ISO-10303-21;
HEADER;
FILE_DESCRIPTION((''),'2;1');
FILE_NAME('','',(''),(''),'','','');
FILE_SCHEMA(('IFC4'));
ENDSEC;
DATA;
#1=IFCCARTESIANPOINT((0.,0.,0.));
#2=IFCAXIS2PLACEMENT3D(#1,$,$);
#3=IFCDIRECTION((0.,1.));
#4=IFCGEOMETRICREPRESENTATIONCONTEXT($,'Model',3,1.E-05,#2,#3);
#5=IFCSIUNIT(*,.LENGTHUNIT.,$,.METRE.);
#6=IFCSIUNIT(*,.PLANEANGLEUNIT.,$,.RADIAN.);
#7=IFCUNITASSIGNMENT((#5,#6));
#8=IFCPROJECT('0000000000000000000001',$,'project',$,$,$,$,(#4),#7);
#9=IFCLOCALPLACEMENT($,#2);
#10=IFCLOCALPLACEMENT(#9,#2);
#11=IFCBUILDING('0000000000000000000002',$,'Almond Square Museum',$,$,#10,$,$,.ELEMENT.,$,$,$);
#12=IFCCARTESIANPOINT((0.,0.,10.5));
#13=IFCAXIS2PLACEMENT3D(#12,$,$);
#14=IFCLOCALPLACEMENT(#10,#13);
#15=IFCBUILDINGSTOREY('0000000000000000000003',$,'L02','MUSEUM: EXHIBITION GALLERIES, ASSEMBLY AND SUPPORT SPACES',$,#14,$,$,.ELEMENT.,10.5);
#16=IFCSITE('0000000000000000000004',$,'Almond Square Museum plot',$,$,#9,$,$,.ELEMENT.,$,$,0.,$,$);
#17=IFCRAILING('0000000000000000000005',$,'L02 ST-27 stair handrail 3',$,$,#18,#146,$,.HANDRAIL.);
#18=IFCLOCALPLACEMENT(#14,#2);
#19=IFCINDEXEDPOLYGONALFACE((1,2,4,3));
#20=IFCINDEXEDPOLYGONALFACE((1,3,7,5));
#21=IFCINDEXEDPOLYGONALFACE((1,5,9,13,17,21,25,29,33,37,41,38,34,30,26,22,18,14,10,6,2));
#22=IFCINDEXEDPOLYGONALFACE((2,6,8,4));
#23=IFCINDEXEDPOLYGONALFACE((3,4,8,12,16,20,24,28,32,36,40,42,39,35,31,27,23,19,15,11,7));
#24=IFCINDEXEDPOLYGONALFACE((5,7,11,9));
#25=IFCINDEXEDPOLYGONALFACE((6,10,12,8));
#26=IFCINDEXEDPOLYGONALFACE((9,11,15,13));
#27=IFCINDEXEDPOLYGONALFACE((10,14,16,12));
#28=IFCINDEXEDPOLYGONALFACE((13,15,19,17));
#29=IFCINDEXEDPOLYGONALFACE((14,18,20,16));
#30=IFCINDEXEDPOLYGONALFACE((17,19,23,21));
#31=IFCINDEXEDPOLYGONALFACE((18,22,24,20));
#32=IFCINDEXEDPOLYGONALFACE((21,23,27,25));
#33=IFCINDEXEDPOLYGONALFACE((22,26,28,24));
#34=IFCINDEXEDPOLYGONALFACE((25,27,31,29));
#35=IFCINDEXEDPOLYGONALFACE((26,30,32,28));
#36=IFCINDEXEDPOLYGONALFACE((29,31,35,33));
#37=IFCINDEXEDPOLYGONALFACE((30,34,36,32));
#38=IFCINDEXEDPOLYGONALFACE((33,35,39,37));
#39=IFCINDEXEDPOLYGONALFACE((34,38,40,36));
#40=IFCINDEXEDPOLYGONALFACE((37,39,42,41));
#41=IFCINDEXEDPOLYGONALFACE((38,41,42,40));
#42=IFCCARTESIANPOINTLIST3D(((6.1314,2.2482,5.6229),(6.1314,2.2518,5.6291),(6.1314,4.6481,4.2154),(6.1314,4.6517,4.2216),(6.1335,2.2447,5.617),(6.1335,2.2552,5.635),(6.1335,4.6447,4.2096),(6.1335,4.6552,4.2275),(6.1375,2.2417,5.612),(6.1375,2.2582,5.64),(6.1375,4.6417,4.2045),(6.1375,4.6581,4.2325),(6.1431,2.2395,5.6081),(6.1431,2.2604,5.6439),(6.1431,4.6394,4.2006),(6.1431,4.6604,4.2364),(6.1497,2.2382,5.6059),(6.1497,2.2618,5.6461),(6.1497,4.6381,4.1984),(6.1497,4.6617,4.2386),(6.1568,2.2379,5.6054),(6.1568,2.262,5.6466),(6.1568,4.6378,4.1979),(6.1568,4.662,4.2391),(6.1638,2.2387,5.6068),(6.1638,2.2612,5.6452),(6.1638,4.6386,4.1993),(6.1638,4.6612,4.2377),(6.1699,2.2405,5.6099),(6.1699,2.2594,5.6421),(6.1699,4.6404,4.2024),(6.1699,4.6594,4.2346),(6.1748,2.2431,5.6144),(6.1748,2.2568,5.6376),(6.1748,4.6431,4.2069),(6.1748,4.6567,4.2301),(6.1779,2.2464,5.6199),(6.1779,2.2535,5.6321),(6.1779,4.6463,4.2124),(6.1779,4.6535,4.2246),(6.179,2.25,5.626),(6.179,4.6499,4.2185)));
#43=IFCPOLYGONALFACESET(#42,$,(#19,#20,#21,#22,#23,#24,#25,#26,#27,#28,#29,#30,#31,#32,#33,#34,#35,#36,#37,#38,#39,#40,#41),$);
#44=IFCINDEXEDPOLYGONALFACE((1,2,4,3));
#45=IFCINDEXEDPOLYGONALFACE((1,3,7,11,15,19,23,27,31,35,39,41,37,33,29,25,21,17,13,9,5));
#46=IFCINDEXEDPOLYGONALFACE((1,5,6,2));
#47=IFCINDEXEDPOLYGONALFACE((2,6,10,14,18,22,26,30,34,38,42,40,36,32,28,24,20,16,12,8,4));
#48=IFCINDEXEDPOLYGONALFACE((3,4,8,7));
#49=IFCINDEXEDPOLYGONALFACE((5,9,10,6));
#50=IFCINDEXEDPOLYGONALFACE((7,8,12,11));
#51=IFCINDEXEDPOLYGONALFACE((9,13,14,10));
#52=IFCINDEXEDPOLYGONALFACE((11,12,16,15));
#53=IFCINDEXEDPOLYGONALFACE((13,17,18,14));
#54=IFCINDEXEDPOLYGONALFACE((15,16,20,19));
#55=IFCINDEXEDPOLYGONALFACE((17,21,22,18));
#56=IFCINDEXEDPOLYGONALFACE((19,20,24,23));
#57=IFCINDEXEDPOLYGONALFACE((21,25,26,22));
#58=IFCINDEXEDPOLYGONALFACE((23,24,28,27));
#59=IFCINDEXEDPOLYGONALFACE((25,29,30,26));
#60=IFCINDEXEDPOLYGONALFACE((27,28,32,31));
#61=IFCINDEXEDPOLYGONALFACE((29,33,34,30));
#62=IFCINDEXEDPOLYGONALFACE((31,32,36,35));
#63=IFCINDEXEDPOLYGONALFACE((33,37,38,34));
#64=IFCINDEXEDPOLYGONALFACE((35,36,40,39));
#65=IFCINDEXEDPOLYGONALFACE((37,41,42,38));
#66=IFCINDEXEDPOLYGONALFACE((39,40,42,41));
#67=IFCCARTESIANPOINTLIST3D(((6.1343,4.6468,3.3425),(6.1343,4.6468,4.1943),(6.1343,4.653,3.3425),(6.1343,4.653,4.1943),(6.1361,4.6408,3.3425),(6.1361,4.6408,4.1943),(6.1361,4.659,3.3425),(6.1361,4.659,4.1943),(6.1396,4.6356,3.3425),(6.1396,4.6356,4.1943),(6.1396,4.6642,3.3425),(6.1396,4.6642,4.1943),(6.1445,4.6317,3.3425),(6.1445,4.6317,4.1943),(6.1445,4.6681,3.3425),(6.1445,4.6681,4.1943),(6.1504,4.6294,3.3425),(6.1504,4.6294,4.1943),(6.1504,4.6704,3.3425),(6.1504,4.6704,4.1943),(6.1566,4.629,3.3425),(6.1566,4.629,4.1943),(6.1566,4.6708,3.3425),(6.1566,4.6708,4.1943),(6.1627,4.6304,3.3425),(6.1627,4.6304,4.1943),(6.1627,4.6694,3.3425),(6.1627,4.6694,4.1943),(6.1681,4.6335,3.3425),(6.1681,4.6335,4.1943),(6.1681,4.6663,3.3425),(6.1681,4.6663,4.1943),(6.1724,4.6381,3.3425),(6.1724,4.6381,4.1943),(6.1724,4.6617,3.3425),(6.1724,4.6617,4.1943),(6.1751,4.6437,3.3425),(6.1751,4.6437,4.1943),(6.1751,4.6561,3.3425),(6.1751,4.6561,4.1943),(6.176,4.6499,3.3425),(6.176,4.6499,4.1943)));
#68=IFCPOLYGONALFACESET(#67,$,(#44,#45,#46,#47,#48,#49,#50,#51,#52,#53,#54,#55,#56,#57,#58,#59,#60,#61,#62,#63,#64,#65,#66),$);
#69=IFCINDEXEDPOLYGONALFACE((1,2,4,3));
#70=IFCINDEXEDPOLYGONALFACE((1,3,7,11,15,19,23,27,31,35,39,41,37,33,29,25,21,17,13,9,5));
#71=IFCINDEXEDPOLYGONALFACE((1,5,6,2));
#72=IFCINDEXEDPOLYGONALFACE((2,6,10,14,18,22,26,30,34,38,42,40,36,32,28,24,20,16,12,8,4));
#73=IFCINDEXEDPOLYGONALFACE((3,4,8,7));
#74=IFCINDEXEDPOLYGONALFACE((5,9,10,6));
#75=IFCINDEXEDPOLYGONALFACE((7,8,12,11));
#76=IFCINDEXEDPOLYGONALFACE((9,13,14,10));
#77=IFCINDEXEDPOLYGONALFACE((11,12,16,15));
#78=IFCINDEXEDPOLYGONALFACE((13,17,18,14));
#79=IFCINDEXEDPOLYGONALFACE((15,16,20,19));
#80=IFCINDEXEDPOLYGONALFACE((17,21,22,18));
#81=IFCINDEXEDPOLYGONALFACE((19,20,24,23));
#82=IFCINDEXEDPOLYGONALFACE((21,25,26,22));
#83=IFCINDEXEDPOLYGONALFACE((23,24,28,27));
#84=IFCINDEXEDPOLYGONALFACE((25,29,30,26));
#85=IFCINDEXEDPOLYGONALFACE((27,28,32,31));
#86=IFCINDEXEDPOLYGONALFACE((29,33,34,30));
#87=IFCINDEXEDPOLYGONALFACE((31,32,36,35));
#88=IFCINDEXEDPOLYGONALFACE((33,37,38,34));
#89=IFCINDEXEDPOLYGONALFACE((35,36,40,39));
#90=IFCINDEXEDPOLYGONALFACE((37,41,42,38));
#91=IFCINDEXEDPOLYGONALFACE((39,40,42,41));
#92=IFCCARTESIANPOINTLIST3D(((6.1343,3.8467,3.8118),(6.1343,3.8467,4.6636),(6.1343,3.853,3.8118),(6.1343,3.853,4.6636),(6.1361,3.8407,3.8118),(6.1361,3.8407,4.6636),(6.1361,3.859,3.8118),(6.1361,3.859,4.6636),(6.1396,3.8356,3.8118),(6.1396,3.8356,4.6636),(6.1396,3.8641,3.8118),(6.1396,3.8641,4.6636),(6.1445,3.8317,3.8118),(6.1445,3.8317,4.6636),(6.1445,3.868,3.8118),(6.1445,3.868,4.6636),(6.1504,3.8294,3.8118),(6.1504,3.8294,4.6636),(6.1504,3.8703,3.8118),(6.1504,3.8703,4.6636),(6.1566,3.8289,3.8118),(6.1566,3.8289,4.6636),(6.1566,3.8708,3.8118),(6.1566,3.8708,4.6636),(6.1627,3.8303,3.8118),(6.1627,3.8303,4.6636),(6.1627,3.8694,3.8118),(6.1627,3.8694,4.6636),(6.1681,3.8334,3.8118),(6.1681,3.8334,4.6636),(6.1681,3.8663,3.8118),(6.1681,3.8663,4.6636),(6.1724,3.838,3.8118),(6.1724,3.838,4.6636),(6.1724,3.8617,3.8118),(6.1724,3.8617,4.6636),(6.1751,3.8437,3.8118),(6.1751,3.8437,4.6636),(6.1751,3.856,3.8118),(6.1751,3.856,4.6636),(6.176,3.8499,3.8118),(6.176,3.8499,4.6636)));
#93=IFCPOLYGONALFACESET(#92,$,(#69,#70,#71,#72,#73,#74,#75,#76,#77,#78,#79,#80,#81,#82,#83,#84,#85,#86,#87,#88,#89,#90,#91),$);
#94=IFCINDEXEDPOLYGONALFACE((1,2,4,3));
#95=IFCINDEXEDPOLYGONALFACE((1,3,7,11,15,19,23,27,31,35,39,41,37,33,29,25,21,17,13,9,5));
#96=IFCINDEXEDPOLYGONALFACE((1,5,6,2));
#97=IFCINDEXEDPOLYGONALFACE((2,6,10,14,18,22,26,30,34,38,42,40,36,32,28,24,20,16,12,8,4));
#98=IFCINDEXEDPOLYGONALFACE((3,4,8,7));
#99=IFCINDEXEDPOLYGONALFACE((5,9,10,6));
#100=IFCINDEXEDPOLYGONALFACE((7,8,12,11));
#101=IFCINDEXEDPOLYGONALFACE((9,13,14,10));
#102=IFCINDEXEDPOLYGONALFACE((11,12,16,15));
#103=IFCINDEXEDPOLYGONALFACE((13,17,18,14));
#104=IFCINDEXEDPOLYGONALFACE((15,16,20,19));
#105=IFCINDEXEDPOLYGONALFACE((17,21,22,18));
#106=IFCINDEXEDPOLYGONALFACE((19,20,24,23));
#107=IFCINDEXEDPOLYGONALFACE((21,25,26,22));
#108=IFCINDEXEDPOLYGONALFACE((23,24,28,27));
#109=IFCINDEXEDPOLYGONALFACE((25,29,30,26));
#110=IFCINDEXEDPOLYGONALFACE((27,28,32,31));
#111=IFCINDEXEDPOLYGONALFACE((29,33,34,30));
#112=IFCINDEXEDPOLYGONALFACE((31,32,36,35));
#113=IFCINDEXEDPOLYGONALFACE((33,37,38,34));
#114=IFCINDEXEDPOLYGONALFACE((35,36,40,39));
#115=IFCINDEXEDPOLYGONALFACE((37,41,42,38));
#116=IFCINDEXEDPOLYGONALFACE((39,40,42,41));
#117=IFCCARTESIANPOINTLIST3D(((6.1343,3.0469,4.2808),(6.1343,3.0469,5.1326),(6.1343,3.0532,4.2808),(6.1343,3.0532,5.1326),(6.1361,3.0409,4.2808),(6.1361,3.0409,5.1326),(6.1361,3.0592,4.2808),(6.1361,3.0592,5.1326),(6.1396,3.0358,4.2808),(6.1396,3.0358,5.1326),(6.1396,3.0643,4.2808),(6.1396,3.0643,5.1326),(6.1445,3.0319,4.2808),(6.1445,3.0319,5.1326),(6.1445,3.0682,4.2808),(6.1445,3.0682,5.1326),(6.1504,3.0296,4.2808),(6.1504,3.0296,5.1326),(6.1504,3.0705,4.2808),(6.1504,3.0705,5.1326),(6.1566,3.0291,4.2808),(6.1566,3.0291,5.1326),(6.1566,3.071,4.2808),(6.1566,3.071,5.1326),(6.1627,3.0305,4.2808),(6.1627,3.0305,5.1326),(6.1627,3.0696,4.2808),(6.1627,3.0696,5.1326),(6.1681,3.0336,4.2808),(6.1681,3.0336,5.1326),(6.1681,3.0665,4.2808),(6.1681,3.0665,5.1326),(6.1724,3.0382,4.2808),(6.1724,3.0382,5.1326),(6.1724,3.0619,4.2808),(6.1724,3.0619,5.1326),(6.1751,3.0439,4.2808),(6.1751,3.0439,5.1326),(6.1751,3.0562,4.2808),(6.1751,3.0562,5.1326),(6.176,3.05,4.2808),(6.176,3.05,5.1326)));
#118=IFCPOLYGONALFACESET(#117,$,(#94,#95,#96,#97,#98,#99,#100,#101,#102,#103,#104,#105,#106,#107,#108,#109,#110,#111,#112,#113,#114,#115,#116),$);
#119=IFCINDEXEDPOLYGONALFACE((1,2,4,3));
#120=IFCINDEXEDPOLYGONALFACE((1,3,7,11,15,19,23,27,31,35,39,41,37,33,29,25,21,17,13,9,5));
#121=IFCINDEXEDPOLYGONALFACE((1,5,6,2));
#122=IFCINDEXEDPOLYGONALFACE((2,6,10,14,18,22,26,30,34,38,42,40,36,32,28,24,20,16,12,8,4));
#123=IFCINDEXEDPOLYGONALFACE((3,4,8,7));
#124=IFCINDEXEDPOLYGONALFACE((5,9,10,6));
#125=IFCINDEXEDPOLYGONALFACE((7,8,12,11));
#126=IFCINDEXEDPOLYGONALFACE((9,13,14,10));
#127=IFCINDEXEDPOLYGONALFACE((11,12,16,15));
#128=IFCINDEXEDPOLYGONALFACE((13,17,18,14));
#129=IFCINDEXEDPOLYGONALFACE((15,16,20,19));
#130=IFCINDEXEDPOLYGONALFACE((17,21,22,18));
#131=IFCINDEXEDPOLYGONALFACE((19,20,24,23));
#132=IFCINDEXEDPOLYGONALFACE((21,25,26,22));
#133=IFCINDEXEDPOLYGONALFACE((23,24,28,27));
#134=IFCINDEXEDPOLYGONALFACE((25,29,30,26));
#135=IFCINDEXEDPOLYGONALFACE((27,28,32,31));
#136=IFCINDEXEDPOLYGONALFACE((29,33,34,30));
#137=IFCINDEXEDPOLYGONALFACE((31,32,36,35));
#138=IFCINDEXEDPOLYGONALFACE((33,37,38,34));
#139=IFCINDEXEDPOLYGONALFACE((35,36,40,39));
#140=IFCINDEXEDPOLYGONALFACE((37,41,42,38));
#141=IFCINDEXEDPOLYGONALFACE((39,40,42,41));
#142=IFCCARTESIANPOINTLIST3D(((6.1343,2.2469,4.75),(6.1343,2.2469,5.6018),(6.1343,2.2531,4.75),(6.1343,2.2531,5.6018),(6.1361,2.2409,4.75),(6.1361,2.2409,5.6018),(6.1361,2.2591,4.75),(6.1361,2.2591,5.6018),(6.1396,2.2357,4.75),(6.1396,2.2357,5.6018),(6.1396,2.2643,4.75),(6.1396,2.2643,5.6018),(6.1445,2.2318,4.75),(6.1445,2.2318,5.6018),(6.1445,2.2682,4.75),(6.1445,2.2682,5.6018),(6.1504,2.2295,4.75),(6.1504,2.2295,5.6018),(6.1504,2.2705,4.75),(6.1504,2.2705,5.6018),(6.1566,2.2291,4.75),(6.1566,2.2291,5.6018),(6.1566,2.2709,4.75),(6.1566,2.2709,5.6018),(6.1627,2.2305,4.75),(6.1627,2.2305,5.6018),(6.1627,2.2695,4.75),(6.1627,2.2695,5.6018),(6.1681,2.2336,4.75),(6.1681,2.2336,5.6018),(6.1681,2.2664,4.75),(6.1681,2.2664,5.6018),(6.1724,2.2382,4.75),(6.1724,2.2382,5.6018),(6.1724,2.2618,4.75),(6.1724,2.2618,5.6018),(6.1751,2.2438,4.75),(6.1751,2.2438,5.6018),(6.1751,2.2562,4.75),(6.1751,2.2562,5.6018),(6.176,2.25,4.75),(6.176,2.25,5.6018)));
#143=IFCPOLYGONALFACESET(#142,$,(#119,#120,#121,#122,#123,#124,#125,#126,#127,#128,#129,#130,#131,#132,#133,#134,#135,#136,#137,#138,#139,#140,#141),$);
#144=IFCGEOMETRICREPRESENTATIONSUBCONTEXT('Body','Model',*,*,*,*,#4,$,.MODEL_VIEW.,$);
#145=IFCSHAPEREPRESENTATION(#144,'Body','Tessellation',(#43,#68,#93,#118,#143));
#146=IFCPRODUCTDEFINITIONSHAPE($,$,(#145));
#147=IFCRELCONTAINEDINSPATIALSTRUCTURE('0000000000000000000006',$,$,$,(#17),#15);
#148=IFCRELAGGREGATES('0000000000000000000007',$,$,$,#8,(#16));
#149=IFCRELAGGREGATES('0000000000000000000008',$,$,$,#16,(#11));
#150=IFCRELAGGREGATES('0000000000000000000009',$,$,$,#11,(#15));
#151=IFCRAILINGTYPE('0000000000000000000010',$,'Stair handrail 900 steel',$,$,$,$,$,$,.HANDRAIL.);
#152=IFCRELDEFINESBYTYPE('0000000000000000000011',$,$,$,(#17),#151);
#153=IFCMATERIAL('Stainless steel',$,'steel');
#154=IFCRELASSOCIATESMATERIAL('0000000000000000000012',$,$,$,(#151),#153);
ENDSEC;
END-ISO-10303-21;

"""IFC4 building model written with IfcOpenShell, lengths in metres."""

from ifc_helpers import new_model, si_unit, direction, frame, origin, origin_2d, place, context, subcontext, project, spatial, circle, extrude, material, type_object, element, save


model = new_model("IFC4")

# Units and contexts
model_context = context("Model", 3, precision=1e-05, world=origin(), true_north=direction((0.0, 1.0)))
body_context = subcontext(model_context, "Body", "Model", "MODEL_VIEW")
ifc_project = project(units=[si_unit("LENGTHUNIT", "METRE"), si_unit("PLANEANGLEUNIT", "RADIAN")], contexts=[model_context])

# Site, building, storey
site_placement = place(None, origin())
site = spatial("IfcSite", under=ifc_project, at=site_placement, Name="Almond Square Museum plot", CompositionType="ELEMENT", RefElevation=0.0)
building_placement = place(site_placement, origin())
building = spatial("IfcBuilding", under=site, at=building_placement, Name="Almond Square Museum", CompositionType="ELEMENT")
storey_placement = place(building_placement, frame((0.0, 0.0, 10.5)))
storey = spatial("IfcBuildingStorey", under=building, at=storey_placement, Name="L02", Description="MUSEUM: EXHIBITION GALLERIES, ASSEMBLY AND SUPPORT SPACES", CompositionType="ELEMENT", Elevation=10.5)

# Railing
ifc_material_1 = material(Name="Stainless steel", Category="steel")
railing_type_1 = type_object("IfcRailingType", Name="Stair handrail 900 steel", PredefinedType="HANDRAIL", material=ifc_material_1)
for number, where, name in (
    (1, (6.155, 4.6499, 3.3425), "L02 ST-27 stair handrail 3"),
):
    element("IfcRailing", number, at=place(storey_placement, frame(where)), inside=storey, type_object=railing_type_1, Name=name, PredefinedType="HANDRAIL", context=body_context, shape_type="SweptSolid", body=[
        extrude(circle(Radius=0.0239, at=origin_2d()), frame((0.0, 0.0, 0.876), z_axis=(0.0, -0.862599, 0.505888), x_axis=(1.0, 0.0, 0.0)), (0.0, 0.0, 1.0), 2.7822),
        extrude(circle(Radius=0.021, at=origin_2d()), origin(), (0.0, 0.0, 1.0), 0.8518),
        extrude(circle(Radius=0.021, at=origin_2d()), frame((0.0, -0.8, 0.4692)), (0.0, 0.0, 1.0), 0.8518),
        extrude(circle(Radius=0.021, at=origin_2d()), frame((0.0, -1.5999, 0.9382)), (0.0, 0.0, 1.0), 0.8518),
        extrude(circle(Radius=0.021, at=origin_2d()), frame((0.0, -2.3999, 1.4075)), (0.0, 0.0, 1.0), 0.8518),
    ])

save(model, "model.ifc")
